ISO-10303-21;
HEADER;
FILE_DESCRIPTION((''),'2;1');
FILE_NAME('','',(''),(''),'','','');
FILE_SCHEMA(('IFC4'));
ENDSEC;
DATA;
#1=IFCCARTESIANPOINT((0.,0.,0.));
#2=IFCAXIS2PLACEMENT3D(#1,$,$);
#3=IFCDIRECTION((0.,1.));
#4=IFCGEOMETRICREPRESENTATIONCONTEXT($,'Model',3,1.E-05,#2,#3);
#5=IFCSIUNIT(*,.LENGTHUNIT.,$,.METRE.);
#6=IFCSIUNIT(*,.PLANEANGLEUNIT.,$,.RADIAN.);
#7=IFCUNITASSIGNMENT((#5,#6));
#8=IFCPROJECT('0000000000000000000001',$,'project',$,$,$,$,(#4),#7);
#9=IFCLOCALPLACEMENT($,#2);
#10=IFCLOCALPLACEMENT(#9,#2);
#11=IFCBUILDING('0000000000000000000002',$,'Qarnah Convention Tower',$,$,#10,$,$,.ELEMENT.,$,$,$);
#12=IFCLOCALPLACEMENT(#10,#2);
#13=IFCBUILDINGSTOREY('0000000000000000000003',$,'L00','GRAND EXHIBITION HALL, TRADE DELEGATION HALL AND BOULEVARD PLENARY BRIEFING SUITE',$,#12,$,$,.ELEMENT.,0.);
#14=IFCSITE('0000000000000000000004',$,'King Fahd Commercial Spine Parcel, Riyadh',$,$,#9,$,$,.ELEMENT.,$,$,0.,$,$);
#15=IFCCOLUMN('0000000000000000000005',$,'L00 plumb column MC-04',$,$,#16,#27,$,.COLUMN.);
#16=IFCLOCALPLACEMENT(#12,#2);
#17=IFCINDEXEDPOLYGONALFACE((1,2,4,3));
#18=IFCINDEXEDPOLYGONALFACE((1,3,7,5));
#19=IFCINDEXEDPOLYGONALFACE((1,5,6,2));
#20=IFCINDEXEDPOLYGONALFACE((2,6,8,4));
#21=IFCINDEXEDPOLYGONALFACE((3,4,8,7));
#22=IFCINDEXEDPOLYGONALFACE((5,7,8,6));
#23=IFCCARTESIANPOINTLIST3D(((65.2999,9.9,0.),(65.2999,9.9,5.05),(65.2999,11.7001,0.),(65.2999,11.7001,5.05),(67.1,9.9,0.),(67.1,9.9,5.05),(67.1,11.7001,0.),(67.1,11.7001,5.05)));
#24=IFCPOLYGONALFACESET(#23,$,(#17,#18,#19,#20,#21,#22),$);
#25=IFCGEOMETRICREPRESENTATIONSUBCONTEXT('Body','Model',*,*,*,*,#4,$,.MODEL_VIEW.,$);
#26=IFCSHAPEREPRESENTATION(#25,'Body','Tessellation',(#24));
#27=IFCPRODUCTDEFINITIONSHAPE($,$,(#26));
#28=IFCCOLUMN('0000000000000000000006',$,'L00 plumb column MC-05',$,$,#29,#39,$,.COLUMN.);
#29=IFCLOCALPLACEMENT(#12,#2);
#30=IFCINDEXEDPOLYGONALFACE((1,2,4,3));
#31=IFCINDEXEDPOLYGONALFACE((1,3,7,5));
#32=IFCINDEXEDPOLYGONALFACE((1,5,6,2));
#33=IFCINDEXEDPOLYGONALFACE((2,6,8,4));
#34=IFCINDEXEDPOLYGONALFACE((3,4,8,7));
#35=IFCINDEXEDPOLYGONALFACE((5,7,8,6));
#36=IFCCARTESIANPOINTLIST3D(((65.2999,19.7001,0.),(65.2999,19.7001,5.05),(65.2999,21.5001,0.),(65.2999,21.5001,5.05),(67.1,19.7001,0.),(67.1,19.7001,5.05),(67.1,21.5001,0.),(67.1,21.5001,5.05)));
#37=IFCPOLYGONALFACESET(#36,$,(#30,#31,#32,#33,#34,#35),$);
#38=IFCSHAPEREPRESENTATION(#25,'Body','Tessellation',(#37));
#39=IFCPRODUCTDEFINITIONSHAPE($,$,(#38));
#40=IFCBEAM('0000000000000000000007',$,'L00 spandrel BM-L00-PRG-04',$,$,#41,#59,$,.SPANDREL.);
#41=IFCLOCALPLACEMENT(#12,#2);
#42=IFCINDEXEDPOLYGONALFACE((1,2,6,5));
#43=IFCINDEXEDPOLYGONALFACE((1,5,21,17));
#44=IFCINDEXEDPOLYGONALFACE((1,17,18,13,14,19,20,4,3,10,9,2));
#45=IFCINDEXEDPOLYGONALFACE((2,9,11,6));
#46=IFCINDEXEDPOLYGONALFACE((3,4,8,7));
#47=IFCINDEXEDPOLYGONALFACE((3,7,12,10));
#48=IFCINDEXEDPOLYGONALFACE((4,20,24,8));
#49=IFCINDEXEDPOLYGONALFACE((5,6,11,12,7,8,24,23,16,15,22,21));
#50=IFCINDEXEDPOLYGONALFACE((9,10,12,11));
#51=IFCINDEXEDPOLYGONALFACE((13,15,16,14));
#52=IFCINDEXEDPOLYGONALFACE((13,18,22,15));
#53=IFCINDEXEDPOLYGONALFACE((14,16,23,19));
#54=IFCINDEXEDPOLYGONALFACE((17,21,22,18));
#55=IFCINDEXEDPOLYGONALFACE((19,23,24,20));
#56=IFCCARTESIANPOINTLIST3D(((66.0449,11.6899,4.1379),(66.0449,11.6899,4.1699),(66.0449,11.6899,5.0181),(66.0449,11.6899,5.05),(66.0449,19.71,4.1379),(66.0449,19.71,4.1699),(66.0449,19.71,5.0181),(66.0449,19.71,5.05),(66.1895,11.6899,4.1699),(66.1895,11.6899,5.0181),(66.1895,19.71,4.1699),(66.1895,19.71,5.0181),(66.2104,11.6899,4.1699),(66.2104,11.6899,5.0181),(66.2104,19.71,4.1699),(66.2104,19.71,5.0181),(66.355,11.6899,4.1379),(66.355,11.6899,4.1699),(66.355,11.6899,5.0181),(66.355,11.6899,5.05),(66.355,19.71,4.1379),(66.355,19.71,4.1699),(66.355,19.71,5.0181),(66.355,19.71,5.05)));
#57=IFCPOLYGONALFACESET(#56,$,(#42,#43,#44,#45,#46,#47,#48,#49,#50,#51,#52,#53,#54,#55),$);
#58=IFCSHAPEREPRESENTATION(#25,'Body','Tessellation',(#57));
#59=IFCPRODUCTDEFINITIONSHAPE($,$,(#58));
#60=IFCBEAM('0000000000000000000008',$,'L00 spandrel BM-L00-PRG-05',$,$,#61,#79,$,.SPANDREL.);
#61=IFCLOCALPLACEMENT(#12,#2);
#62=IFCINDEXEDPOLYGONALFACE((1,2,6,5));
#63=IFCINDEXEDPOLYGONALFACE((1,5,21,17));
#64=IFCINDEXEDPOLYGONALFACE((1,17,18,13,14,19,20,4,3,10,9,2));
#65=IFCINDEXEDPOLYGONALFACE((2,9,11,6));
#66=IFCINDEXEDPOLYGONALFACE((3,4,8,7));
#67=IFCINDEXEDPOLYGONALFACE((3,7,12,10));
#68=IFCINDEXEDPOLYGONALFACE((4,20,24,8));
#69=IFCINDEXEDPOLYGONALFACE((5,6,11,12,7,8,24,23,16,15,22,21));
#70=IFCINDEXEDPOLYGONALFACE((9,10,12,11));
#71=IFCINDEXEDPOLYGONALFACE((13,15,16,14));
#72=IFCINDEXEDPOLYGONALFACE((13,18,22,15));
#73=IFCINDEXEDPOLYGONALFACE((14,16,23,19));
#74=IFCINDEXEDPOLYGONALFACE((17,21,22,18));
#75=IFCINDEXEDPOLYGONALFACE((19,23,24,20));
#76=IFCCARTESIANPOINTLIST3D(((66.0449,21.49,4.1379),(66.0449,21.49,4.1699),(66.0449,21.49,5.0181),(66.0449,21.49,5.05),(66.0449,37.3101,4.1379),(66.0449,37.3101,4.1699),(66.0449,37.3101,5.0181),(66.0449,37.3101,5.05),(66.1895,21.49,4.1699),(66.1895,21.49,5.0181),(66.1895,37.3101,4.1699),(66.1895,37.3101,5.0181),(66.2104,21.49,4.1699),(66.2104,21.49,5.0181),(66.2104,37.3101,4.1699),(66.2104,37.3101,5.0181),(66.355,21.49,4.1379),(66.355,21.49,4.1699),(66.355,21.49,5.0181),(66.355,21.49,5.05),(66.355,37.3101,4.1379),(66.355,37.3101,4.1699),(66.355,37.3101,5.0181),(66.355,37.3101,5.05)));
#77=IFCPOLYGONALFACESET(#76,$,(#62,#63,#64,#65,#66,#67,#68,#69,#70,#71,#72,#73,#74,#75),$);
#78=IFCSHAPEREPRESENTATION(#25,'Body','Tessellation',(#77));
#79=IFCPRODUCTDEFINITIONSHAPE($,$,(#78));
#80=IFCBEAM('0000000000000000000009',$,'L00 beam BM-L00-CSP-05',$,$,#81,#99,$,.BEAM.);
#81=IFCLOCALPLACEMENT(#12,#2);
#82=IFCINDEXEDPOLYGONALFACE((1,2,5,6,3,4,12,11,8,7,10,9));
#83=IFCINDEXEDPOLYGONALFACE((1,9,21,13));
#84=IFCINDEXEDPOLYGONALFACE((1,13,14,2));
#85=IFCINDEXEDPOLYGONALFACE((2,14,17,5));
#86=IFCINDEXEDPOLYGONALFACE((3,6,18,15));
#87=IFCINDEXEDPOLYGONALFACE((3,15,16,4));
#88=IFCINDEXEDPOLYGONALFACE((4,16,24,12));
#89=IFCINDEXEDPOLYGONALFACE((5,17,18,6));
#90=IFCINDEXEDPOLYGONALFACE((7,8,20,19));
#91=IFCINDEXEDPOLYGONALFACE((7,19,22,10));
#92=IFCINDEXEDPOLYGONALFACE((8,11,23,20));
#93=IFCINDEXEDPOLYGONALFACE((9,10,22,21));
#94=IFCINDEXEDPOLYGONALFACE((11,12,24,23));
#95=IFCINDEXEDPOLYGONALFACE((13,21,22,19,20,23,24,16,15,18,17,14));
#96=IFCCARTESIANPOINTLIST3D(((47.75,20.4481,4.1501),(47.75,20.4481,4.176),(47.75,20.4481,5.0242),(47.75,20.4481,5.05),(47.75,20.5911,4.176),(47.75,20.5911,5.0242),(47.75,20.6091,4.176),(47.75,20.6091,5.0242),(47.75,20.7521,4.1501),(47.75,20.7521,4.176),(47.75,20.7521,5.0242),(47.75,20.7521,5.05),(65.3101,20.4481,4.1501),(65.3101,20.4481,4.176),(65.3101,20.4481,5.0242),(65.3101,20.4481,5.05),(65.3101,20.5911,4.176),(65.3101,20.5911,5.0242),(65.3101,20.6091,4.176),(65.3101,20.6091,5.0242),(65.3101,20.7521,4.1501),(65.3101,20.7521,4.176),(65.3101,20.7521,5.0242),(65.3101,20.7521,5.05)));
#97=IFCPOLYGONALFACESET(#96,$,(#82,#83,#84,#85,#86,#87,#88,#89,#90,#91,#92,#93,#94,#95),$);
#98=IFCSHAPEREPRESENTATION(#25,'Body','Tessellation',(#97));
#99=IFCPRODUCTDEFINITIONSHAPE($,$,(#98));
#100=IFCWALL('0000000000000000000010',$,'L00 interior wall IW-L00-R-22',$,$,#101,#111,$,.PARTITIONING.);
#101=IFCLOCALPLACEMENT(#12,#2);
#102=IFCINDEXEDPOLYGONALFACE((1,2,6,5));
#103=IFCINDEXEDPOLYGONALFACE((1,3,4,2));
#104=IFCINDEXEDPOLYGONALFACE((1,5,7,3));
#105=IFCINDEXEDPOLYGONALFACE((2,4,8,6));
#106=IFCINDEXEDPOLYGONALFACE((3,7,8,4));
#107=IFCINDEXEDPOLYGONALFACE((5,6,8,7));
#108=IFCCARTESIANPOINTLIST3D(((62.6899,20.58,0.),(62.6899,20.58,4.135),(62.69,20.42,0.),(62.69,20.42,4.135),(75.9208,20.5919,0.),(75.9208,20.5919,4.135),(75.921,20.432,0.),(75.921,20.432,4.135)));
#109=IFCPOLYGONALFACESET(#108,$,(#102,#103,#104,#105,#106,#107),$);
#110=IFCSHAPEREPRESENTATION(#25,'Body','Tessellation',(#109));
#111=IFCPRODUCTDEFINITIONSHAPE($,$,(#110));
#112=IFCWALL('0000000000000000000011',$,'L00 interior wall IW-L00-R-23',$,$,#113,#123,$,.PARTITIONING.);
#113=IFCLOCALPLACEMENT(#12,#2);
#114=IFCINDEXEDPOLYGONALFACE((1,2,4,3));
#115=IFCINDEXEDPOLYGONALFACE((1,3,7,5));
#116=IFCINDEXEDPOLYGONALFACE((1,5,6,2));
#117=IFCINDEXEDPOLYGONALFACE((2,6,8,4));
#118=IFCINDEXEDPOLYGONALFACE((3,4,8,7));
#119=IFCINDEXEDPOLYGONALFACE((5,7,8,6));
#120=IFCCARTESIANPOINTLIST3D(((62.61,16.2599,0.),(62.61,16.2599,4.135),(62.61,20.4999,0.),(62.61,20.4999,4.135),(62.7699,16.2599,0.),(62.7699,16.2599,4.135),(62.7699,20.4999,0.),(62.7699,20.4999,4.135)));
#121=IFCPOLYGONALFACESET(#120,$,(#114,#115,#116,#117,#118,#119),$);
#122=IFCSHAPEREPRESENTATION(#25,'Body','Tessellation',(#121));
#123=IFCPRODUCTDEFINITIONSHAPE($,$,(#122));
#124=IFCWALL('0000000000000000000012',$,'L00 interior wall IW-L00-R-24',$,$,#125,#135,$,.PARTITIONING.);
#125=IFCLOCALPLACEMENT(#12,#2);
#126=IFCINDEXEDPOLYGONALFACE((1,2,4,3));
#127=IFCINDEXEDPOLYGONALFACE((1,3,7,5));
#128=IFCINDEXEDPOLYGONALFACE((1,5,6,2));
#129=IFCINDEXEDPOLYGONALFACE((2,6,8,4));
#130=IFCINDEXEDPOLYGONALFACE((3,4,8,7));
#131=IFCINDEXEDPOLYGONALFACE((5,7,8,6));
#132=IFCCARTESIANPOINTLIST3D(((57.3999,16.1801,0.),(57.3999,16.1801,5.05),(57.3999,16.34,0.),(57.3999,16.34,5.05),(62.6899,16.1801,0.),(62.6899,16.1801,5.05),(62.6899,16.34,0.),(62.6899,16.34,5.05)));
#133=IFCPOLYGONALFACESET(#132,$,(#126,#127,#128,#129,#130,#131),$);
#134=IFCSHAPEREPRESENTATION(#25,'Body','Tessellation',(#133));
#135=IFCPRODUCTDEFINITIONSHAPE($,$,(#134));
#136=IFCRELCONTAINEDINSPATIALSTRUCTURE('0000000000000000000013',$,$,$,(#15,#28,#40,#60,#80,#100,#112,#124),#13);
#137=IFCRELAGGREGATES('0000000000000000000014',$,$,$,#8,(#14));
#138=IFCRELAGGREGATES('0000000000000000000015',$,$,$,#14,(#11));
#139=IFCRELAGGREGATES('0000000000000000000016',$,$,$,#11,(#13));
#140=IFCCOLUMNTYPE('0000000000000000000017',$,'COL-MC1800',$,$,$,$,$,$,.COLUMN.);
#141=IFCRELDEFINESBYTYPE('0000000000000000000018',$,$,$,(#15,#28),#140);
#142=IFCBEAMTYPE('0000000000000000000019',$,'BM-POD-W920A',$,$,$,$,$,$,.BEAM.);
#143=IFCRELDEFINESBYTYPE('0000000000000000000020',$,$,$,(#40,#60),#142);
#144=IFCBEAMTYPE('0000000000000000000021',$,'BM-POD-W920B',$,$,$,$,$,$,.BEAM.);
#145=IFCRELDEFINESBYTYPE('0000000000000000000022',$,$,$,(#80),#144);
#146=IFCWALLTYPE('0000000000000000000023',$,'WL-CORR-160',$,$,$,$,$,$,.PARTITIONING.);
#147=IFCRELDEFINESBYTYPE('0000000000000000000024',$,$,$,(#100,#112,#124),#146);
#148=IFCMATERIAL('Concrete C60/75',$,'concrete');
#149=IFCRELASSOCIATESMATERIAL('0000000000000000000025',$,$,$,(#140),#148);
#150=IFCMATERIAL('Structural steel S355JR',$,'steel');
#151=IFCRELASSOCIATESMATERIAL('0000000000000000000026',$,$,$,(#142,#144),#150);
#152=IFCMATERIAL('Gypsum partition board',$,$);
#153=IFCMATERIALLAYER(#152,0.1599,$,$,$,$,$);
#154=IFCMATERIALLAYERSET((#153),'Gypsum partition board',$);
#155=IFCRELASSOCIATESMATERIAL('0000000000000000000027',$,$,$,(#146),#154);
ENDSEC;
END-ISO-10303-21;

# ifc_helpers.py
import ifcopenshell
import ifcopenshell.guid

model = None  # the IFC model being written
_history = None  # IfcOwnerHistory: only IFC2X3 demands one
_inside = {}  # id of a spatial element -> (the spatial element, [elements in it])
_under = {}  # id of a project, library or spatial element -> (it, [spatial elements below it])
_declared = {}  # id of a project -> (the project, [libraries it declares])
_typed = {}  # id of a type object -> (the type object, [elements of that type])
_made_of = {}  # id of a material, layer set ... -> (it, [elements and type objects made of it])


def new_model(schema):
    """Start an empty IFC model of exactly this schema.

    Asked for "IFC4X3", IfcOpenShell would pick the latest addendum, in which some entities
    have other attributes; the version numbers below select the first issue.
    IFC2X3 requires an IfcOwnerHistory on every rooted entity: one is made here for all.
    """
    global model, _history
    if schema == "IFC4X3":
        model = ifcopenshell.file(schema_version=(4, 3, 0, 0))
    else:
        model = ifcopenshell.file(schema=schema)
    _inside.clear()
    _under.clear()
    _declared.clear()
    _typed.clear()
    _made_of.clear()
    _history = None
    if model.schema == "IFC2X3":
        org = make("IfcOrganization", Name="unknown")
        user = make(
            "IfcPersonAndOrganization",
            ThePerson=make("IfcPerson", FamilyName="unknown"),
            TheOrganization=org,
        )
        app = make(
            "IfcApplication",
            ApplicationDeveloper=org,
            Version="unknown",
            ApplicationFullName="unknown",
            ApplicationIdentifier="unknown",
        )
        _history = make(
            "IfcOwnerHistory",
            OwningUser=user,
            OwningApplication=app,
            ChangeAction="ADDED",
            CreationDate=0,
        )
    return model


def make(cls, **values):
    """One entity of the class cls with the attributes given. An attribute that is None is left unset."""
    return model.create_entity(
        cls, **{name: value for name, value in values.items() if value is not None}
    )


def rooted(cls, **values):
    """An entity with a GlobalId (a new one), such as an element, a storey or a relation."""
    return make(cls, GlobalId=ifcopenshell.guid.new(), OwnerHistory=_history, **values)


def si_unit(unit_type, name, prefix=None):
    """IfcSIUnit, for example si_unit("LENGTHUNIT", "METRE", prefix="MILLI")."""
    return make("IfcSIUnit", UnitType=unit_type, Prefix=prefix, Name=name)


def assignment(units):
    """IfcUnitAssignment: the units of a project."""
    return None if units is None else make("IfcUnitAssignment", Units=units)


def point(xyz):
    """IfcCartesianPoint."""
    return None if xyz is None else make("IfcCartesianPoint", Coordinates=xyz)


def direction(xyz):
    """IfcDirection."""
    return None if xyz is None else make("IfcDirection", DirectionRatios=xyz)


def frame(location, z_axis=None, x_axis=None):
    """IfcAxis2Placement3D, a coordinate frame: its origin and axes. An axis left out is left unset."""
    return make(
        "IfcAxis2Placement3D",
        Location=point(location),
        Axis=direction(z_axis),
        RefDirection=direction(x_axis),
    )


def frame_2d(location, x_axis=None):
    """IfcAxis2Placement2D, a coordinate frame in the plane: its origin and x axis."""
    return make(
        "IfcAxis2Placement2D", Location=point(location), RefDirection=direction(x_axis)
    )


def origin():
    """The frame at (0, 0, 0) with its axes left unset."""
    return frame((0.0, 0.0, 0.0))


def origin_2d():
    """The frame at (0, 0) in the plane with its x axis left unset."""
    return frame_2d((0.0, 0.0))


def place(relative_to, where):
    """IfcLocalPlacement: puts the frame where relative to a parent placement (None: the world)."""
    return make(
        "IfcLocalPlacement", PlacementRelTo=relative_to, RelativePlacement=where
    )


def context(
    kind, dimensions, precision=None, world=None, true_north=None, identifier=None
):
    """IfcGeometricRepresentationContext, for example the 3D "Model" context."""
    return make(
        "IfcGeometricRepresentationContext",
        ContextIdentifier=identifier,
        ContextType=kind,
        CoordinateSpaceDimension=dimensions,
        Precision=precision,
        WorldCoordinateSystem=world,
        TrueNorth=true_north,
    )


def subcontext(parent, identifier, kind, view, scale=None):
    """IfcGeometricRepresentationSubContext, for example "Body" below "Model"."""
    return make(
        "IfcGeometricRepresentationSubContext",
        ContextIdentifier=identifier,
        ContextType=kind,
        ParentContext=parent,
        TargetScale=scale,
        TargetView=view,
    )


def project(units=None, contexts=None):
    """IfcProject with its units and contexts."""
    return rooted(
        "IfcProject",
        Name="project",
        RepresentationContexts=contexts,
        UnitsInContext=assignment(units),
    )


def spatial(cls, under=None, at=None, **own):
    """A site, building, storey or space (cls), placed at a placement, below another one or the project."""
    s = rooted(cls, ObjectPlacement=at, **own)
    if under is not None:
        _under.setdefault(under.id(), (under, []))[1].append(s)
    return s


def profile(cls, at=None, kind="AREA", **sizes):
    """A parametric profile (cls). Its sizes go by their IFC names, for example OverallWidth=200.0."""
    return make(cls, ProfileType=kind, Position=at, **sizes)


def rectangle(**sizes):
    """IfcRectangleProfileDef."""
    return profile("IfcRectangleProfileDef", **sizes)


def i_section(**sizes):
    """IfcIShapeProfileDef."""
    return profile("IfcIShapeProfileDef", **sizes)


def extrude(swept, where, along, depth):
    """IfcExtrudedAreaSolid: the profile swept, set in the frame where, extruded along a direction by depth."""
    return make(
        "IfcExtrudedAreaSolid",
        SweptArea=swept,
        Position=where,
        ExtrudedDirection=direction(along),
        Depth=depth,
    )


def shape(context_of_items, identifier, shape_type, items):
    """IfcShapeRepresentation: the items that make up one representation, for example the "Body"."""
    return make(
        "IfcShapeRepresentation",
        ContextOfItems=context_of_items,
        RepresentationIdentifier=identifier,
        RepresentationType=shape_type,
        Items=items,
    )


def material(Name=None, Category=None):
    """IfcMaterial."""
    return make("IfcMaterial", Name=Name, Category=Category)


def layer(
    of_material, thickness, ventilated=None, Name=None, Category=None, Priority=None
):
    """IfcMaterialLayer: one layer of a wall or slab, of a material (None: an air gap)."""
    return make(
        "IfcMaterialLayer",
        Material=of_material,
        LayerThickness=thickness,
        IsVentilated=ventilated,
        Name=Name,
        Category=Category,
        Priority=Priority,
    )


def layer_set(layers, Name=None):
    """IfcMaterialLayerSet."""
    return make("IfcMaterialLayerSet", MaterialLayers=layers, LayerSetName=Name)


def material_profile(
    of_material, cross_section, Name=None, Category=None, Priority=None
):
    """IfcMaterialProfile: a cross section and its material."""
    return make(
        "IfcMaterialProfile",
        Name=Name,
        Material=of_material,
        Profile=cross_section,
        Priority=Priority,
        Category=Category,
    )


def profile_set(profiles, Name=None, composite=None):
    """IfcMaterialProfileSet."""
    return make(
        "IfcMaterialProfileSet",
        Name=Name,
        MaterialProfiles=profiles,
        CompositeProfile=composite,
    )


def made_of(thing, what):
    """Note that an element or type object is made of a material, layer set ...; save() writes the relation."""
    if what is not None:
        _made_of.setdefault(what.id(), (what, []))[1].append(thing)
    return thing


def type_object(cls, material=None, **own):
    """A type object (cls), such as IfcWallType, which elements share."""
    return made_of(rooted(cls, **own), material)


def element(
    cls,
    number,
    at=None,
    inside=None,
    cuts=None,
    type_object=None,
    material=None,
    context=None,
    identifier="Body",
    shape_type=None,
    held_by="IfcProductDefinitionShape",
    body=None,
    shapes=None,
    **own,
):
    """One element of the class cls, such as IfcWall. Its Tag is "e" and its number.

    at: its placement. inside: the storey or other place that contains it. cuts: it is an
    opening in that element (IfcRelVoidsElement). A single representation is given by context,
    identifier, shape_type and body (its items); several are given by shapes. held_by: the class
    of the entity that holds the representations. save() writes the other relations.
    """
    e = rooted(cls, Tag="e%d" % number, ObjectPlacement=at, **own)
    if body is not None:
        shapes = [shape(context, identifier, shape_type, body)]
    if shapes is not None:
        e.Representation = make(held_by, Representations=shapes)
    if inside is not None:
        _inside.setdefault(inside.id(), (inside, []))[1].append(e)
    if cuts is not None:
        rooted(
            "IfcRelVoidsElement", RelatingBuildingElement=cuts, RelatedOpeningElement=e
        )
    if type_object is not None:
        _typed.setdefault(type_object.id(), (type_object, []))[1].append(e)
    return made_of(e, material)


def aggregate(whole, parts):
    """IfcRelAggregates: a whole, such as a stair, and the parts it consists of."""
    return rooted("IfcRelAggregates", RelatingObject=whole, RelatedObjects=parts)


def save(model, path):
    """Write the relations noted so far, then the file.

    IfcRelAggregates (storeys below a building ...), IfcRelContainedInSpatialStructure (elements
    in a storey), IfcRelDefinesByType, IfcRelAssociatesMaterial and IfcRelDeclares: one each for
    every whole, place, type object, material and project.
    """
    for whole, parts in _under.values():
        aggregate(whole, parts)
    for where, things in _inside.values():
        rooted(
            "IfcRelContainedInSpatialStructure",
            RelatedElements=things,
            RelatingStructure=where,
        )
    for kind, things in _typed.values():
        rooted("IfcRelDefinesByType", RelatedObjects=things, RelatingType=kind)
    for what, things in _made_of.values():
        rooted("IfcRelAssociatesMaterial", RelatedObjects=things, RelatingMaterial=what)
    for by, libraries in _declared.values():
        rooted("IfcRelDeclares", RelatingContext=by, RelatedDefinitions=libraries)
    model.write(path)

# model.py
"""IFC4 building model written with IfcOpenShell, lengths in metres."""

from ifc_helpers import new_model, si_unit, direction, frame, frame_2d, origin, origin_2d, place, context, subcontext, project, spatial, rectangle, i_section, extrude, material, layer, layer_set, material_profile, profile_set, type_object, element, save


model = new_model("IFC4")

# Units and contexts
model_context = context("Model", 3, precision=1e-05, world=origin(), true_north=direction((0.0, 1.0)))
body_context = subcontext(model_context, "Body", "Model", "MODEL_VIEW")
ifc_project = project(units=[si_unit("LENGTHUNIT", "METRE"), si_unit("PLANEANGLEUNIT", "RADIAN")], contexts=[model_context])

# Site, building, storey
site_placement = place(None, origin())
site = spatial("IfcSite", under=ifc_project, at=site_placement, Name="King Fahd Commercial Spine Parcel, Riyadh", CompositionType="ELEMENT", RefElevation=0.0)
building_placement = place(site_placement, origin())
building = spatial("IfcBuilding", under=site, at=building_placement, Name="Qarnah Convention Tower", CompositionType="ELEMENT")
storey_placement = place(building_placement, origin())
storey = spatial("IfcBuildingStorey", under=building, at=storey_placement, Name="L00", Description="GRAND EXHIBITION HALL, TRADE DELEGATION HALL AND BOULEVARD PLENARY BRIEFING SUITE", CompositionType="ELEMENT", Elevation=0.0)

# Columns
ifc_material_1 = material(Name="Concrete C60/75", Category="concrete")
ifc_material_profile_1 = material_profile(ifc_material_1, rectangle(XDim=1.8, YDim=1.8, at=origin_2d()), Name="RC-COL-1800X1800")
ifc_profile_set_1 = profile_set([ifc_material_profile_1], Name="Concrete C60/75")
column_type = type_object("IfcColumnType", Name="COL-MC1800", PredefinedType="COLUMN", material=ifc_profile_set_1)
for number, where, z_axis, x_axis, name in (
    (1, (66.2, 10.8, 0.0), (0.0, 0.0, 1.0), (1.0, 0.0, 0.0), "L00 plumb column MC-04"),
    (2, (66.2, 20.6001, 0.0), (0.0, 0.0, 1.0), (1.0, 0.0, 0.0), "L00 plumb column MC-05"),
):
    element("IfcColumn", number, at=place(storey_placement, frame(where, z_axis=z_axis, x_axis=x_axis)), inside=storey, type_object=column_type, Name=name, PredefinedType="COLUMN", context=body_context, shape_type="SweptSolid", body=[
        extrude(rectangle(XDim=1.8, YDim=1.8, at=origin_2d()), origin(), (0.0, 0.0, 1.0), 5.05),
    ])

# Beams
ifc_material_2 = material(Name="Structural steel S355JR", Category="steel")
ifc_material_profile_2 = material_profile(ifc_material_2, i_section(OverallWidth=0.3101, OverallDepth=0.9121, WebThickness=0.021, FlangeThickness=0.032, at=origin_2d()), Name="W920X342")
ifc_profile_set_2 = profile_set([ifc_material_profile_2], Name="Structural steel S355JR")
beam_type_1 = type_object("IfcBeamType", Name="BM-POD-W920A", PredefinedType="BEAM", material=ifc_profile_set_2)
beam_1_placement = place(storey_placement, frame((66.2, 11.6899, 4.594), z_axis=(0.0, 1.0, 0.0), x_axis=(-1.0, 0.0, 0.0)))
element("IfcBeam", 3, at=beam_1_placement, inside=storey, type_object=beam_type_1, Name="L00 spandrel BM-L00-PRG-04", PredefinedType="SPANDREL", context=body_context, shape_type="SweptSolid", body=[
    extrude(i_section(OverallWidth=0.3101, OverallDepth=0.9121, WebThickness=0.021, FlangeThickness=0.032, at=origin_2d()), origin(), (0.0, 0.0, 1.0), 8.02),
])
beam_2_placement = place(storey_placement, frame((66.2, 21.49, 4.594), z_axis=(0.0, 1.0, 0.0), x_axis=(-1.0, 0.0, 0.0)))
element("IfcBeam", 4, at=beam_2_placement, inside=storey, type_object=beam_type_1, Name="L00 spandrel BM-L00-PRG-05", PredefinedType="SPANDREL", context=body_context, shape_type="SweptSolid", body=[
    extrude(i_section(OverallWidth=0.3101, OverallDepth=0.9121, WebThickness=0.021, FlangeThickness=0.032, at=origin_2d()), origin(), (0.0, 0.0, 1.0), 15.8201),
])
ifc_material_profile_3 = material_profile(ifc_material_2, i_section(OverallWidth=0.304, OverallDepth=0.8999, WebThickness=0.0181, FlangeThickness=0.0259, at=origin_2d()), Name="W920X271")
ifc_profile_set_3 = profile_set([ifc_material_profile_3], Name="Structural steel S355JR")
beam_type_2 = type_object("IfcBeamType", Name="BM-POD-W920B", PredefinedType="BEAM", material=ifc_profile_set_3)
beam_3_placement = place(storey_placement, frame((65.3101, 20.6001, 4.6001), z_axis=(-1.0, 0.0, 0.0), x_axis=(0.0, -1.0, 0.0)))
element("IfcBeam", 5, at=beam_3_placement, inside=storey, type_object=beam_type_2, Name="L00 beam BM-L00-CSP-05", PredefinedType="BEAM", context=body_context, shape_type="SweptSolid", body=[
    extrude(i_section(OverallWidth=0.304, OverallDepth=0.8999, WebThickness=0.0181, FlangeThickness=0.0259, at=origin_2d()), origin(), (0.0, 0.0, 1.0), 17.5601),
])

# Walls
ifc_material_3 = material(Name="Gypsum partition board")
ifc_layer_1 = layer(ifc_material_3, 0.1599)
ifc_layer_set_1 = layer_set([ifc_layer_1], Name="Gypsum partition board")
wall_type_1 = type_object("IfcWallType", Name="WL-CORR-160", PredefinedType="PARTITIONING", material=ifc_layer_set_1)
wall_1_placement = place(storey_placement, frame((75.9209, 20.512, 0.0), z_axis=(0.0, 0.0, 1.0), x_axis=(-1.0, -0.000904, 0.0)))
element("IfcWall", 6, at=wall_1_placement, inside=storey, type_object=wall_type_1, Name="L00 interior wall IW-L00-R-22", PredefinedType="PARTITIONING", context=body_context, shape_type="SweptSolid", body=[
    extrude(rectangle(XDim=13.231, YDim=0.1599, at=frame_2d((6.6155, 0.0))), origin(), (0.0, 0.0, 1.0), 4.135),
])
wall_2_placement = place(storey_placement, frame((62.6899, 20.5, 0.0), z_axis=(0.0, 0.0, 1.0), x_axis=(0.0, -1.0, 0.0)))
element("IfcWall", 7, at=wall_2_placement, inside=storey, type_object=wall_type_1, Name="L00 interior wall IW-L00-R-23", PredefinedType="PARTITIONING", context=body_context, shape_type="SweptSolid", body=[
    extrude(rectangle(XDim=4.24, YDim=0.1599, at=frame_2d((2.1201, 0.0))), origin(), (0.0, 0.0, 1.0), 4.135),
])
wall_3_placement = place(storey_placement, frame((62.6899, 16.26, 0.0), z_axis=(0.0, 0.0, 1.0), x_axis=(-1.0, 0.0, 0.0)))
element("IfcWall", 8, at=wall_3_placement, inside=storey, type_object=wall_type_1, Name="L00 interior wall IW-L00-R-24", PredefinedType="PARTITIONING", context=body_context, shape_type="SweptSolid", body=[
    extrude(rectangle(XDim=5.29, YDim=0.1599, at=frame_2d((2.645, 0.0))), origin(), (0.0, 0.0, 1.0), 5.05),
])

save(model, "model.ifc")
